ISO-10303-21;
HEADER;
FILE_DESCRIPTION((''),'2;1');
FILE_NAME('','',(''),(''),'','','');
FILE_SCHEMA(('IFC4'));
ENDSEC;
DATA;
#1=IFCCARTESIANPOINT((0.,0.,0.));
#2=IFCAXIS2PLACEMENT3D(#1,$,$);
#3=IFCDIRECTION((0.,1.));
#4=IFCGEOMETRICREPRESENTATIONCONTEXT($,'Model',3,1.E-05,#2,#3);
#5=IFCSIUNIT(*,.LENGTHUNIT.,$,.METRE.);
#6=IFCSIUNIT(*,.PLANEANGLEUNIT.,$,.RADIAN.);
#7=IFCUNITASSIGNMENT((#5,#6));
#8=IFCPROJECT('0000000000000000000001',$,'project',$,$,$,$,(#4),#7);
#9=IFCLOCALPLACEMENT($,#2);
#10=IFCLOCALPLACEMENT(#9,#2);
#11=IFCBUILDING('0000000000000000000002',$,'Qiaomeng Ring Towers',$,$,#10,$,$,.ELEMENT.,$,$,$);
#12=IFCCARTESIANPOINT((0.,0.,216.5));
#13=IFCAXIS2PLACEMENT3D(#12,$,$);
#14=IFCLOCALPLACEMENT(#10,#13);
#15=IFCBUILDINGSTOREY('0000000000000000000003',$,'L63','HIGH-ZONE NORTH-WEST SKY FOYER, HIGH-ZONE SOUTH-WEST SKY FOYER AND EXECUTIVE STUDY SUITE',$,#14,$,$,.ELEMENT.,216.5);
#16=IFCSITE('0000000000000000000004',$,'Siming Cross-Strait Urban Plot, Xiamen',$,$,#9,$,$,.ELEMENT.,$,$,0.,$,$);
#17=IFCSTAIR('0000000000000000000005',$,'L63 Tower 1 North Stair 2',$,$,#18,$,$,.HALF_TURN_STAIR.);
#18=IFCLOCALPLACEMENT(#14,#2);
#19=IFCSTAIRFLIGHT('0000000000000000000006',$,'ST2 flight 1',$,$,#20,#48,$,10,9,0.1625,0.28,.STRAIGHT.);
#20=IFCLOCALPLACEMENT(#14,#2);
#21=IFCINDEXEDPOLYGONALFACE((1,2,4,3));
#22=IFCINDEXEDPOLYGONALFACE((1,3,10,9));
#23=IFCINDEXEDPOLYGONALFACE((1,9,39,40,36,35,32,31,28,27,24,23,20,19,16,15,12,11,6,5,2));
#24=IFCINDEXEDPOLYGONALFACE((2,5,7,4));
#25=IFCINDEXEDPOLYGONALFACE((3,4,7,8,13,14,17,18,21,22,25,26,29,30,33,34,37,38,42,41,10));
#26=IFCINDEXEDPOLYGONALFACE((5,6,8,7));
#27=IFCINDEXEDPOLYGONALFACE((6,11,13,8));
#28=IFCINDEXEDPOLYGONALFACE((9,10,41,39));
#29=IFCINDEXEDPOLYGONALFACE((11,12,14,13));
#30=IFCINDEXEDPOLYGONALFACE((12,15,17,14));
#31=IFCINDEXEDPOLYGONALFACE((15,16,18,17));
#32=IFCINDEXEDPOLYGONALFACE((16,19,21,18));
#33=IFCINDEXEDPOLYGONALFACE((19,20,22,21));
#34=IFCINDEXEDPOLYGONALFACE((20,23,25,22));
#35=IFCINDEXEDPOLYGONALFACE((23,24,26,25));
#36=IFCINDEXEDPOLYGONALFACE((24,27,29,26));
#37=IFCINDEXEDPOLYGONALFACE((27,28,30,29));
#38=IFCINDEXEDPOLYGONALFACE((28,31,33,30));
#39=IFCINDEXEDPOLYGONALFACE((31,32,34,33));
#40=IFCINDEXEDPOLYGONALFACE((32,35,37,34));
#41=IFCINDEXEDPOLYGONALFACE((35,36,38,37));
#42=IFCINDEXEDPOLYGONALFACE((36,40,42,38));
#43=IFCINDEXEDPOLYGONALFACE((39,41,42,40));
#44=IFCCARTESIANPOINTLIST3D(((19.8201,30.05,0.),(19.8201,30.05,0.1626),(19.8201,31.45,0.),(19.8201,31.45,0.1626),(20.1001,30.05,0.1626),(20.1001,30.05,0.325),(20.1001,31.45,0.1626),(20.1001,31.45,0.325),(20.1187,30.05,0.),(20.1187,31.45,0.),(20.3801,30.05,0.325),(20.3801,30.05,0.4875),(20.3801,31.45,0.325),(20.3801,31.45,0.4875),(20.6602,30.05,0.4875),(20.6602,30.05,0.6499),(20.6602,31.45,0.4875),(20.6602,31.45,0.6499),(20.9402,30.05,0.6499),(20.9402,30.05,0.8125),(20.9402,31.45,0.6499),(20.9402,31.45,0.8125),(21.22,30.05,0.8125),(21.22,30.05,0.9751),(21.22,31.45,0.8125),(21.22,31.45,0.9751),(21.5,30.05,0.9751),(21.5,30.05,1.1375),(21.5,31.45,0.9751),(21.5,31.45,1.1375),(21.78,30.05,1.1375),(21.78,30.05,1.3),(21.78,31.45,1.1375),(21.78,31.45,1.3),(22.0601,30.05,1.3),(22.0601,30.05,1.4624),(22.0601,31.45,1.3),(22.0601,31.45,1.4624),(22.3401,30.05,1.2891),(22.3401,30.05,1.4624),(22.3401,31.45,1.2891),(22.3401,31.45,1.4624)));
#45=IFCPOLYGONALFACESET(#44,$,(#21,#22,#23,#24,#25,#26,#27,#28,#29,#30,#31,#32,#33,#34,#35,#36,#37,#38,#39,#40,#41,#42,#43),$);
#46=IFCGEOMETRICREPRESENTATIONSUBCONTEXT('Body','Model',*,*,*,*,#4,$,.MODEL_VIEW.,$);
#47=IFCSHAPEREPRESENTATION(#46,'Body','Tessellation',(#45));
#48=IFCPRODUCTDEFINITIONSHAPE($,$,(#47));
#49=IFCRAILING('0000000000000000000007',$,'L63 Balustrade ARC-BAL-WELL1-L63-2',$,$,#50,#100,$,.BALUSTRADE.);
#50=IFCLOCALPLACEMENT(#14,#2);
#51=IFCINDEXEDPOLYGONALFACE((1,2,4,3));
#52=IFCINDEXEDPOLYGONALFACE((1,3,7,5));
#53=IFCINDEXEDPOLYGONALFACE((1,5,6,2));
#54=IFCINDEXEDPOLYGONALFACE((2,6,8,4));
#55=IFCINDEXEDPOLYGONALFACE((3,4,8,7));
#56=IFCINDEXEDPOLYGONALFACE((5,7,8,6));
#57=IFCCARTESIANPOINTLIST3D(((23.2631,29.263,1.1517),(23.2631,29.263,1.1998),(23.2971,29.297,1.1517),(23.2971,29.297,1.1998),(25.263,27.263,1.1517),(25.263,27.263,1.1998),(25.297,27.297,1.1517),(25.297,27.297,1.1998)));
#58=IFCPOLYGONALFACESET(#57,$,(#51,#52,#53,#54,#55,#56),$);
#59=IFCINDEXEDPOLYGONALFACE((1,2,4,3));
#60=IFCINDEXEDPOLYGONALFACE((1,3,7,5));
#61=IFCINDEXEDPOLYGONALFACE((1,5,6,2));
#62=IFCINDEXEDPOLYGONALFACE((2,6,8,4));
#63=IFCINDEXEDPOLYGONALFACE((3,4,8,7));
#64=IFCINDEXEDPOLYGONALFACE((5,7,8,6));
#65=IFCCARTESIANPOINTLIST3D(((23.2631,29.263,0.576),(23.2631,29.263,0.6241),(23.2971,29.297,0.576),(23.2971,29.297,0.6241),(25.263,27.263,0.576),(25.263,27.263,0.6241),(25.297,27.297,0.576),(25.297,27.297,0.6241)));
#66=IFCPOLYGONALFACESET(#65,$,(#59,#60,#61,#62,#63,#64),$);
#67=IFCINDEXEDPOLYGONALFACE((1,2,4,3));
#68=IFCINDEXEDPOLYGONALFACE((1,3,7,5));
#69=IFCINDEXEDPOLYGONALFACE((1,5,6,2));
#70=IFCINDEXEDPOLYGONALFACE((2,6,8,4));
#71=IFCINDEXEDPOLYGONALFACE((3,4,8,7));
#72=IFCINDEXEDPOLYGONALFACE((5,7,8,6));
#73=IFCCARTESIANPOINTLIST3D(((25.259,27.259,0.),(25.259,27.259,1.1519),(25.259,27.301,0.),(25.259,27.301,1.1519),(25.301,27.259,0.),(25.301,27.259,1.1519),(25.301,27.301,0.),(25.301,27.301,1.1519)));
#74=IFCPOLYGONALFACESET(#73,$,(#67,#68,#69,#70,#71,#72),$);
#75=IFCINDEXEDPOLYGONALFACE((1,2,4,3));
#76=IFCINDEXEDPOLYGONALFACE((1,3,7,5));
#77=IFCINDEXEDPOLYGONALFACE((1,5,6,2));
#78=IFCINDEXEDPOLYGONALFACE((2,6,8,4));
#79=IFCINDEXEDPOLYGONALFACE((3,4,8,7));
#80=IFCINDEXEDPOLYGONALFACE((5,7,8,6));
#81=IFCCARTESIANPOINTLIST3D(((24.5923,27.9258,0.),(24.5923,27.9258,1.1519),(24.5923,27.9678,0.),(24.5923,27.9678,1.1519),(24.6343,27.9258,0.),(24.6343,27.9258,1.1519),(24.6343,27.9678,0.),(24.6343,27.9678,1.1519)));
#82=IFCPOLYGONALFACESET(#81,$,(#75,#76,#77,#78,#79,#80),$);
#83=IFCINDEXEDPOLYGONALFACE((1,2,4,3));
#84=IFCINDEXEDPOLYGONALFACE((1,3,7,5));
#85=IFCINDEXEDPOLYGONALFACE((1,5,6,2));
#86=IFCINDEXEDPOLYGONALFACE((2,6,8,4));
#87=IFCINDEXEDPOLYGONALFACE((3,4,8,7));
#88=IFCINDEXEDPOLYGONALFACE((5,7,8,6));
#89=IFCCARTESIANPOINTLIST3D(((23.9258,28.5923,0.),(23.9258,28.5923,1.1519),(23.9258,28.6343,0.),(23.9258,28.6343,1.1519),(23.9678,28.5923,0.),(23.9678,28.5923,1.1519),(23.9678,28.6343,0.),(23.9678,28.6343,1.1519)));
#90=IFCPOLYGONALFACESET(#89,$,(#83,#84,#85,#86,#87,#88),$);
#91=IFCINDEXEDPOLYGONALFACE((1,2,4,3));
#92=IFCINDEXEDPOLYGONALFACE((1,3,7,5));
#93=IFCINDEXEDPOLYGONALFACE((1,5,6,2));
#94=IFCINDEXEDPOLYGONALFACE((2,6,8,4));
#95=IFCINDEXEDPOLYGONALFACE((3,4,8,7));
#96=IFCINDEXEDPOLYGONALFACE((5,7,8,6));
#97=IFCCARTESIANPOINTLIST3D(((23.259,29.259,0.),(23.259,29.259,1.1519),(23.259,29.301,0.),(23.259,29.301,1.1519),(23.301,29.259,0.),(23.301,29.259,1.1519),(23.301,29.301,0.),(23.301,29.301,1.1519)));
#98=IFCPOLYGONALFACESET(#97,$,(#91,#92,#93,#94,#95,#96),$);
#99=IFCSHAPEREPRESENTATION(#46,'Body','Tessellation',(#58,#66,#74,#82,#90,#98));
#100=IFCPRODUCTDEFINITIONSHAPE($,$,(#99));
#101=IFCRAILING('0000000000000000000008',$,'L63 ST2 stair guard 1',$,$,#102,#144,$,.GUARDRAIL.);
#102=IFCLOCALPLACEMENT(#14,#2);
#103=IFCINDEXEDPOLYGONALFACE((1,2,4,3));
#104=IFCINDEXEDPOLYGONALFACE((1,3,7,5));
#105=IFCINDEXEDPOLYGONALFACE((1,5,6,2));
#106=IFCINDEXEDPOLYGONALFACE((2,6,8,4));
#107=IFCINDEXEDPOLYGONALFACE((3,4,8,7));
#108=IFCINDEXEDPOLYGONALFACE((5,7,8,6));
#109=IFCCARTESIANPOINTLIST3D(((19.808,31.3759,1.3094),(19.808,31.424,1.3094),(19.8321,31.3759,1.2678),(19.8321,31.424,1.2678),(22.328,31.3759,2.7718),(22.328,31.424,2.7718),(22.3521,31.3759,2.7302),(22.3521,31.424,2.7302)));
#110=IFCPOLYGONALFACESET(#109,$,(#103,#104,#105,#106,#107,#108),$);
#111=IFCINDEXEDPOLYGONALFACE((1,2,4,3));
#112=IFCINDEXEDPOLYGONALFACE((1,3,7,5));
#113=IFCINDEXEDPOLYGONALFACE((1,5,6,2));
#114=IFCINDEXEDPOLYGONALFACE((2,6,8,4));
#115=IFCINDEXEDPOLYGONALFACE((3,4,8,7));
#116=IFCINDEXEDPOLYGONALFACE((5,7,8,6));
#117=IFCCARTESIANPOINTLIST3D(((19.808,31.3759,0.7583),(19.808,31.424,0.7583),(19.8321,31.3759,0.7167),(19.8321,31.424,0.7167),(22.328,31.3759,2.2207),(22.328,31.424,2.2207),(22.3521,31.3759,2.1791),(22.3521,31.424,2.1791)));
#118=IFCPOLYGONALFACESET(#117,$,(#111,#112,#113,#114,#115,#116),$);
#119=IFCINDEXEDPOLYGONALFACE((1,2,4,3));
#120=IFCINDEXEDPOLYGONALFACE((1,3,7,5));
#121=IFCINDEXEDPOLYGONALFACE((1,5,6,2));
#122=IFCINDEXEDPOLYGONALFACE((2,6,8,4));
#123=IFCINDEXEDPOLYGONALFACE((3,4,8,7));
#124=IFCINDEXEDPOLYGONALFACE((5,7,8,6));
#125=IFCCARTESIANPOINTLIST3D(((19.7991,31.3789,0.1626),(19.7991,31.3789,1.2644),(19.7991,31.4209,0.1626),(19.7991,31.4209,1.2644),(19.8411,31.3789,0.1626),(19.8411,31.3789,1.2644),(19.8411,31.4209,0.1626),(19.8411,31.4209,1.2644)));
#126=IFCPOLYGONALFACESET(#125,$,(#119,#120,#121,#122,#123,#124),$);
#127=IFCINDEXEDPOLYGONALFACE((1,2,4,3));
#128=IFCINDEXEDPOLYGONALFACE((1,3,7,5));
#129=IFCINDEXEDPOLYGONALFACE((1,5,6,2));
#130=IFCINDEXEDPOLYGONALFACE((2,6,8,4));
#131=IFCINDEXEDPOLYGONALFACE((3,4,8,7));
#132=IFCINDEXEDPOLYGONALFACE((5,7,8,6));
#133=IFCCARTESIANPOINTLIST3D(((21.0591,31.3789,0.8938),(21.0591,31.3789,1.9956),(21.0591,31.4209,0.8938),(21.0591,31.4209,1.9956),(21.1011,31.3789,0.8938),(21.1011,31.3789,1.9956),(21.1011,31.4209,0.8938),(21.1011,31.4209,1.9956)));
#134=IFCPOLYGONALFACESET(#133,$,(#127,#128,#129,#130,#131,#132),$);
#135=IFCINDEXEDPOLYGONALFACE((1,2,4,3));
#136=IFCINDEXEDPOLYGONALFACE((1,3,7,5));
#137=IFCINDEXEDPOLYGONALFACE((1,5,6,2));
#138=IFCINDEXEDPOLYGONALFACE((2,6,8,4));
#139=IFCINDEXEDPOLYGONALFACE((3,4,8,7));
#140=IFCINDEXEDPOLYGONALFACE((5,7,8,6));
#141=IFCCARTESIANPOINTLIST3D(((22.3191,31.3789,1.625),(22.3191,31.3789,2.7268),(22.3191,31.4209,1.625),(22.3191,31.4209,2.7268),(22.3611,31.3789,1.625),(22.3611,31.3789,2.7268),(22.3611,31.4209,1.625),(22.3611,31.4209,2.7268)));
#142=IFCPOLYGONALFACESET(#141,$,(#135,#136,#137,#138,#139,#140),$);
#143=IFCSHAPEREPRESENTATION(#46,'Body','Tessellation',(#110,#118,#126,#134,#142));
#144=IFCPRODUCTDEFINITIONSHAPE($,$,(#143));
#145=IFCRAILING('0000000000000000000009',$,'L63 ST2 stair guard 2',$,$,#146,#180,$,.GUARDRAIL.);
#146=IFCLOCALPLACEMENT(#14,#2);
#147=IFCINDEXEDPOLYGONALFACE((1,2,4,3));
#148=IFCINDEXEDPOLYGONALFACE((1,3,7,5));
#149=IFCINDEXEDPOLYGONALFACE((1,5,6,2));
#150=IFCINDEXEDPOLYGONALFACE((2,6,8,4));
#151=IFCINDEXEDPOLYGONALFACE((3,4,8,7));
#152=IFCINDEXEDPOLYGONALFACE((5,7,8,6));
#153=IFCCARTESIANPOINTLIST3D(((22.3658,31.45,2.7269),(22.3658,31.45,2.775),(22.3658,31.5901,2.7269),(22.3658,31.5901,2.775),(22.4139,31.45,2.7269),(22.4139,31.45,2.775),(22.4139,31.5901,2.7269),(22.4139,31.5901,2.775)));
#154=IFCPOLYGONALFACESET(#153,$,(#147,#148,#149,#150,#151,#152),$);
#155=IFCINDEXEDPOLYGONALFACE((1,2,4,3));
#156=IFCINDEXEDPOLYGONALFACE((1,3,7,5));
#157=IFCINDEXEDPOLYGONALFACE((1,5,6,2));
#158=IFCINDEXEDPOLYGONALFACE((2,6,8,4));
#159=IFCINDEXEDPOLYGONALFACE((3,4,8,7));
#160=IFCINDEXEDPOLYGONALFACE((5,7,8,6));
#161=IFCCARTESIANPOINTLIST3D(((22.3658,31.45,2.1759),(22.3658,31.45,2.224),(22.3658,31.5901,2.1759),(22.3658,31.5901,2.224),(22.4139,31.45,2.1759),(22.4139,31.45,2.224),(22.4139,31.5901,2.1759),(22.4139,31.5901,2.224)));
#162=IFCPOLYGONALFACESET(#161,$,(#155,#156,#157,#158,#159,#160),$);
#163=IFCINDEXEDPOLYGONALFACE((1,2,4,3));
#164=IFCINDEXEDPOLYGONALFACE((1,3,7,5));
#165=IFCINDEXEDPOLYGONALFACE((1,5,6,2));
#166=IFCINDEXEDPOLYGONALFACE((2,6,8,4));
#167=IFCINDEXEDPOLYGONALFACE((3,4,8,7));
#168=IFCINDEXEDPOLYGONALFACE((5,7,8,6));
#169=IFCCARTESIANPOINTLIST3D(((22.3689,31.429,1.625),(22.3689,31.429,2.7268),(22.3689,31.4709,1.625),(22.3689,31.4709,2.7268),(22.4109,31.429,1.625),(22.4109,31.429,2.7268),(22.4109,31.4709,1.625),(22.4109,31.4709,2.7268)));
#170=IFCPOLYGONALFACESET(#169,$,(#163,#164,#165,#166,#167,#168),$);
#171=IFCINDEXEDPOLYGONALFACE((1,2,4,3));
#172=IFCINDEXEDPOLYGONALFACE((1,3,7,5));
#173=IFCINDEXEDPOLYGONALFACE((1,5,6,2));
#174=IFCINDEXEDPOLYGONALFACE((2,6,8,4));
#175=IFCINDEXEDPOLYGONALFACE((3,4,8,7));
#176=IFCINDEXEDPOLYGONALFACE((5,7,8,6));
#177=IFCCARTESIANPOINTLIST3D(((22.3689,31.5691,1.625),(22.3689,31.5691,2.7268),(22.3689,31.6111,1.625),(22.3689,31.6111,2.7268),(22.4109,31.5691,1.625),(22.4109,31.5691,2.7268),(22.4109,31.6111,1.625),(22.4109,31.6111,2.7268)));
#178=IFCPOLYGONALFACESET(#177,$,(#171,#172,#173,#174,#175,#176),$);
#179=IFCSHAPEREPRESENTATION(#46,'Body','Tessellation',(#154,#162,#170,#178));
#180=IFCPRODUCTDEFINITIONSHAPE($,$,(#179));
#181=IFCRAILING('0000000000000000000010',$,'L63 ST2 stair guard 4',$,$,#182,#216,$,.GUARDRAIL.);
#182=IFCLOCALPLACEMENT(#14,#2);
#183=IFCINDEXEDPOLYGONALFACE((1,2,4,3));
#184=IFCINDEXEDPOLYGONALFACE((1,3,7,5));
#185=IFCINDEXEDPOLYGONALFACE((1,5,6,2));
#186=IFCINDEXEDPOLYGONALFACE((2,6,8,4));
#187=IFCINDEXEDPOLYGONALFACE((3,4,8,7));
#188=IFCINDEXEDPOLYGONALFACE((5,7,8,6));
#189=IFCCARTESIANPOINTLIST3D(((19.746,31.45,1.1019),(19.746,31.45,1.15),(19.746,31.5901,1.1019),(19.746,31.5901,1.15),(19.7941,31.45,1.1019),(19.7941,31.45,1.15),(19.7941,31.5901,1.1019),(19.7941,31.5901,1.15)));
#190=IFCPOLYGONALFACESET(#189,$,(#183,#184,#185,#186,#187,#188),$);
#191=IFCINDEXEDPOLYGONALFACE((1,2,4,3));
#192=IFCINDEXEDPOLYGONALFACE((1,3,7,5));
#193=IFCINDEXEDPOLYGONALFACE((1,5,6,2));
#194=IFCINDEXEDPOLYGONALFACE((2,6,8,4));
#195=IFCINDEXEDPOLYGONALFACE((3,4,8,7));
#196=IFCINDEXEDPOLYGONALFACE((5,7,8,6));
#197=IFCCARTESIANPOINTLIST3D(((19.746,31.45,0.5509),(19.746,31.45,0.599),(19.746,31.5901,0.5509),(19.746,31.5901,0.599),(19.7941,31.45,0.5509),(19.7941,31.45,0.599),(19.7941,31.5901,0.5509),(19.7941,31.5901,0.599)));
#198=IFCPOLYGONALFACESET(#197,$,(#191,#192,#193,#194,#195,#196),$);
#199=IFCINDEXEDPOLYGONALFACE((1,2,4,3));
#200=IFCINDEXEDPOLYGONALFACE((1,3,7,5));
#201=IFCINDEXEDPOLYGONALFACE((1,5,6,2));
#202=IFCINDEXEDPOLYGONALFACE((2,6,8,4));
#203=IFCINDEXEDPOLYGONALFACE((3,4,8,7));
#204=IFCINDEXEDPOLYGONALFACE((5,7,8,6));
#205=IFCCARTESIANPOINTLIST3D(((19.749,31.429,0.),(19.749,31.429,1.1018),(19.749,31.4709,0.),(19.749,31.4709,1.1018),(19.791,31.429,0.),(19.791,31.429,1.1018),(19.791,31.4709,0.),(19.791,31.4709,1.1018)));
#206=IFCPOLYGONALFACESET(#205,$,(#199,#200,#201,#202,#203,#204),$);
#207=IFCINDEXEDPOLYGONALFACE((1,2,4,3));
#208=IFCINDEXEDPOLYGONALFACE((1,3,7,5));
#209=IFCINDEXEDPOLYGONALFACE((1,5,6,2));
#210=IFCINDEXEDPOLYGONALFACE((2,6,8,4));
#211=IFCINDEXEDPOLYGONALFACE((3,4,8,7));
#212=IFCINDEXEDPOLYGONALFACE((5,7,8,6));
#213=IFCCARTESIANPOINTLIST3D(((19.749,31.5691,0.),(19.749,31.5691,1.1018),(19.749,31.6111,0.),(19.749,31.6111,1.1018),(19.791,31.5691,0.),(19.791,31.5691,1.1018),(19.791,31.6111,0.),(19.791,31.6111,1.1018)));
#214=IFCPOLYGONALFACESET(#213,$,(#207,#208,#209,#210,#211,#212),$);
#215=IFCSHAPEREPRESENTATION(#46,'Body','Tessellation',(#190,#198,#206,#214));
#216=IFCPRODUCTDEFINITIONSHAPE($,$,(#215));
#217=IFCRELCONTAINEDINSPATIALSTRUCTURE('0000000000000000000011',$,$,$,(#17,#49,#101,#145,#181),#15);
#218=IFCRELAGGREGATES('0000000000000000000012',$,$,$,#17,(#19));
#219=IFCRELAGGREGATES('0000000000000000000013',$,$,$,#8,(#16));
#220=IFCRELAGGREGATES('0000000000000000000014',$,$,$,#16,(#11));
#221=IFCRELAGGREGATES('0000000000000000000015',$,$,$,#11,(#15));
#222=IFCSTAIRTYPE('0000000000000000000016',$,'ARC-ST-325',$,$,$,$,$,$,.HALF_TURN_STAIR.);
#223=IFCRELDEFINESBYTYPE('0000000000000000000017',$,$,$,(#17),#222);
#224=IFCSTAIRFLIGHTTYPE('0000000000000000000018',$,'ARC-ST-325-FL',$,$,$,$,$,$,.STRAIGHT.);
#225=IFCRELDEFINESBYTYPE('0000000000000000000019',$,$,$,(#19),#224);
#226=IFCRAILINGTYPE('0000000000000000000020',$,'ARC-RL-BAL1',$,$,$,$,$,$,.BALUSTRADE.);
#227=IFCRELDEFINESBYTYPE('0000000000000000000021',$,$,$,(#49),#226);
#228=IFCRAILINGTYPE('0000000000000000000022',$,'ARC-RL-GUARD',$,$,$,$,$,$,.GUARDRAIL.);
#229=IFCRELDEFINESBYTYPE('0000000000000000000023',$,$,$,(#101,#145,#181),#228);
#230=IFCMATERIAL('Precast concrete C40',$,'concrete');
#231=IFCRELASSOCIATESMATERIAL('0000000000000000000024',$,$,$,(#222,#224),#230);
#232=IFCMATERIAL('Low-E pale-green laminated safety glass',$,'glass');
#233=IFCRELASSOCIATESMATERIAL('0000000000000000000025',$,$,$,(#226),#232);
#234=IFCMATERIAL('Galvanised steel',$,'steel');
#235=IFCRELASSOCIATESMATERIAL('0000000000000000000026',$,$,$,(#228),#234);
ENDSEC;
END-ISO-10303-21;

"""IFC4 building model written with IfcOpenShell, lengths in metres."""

from ifc_helpers import new_model, si_unit, direction, frame, origin, origin_2d, place, context, subcontext, project, spatial, polyline, rectangle, outline, extrude, source, transform, mapped, material, type_object, element, aggregate, save


model = new_model("IFC4")

# Units and contexts
model_context = context("Model", 3, precision=1e-05, world=origin(), true_north=direction((0.0, 1.0)))
body_context = subcontext(model_context, "Body", "Model", "MODEL_VIEW")
ifc_project = project(units=[si_unit("LENGTHUNIT", "METRE"), si_unit("PLANEANGLEUNIT", "RADIAN")], contexts=[model_context])

# Site, building, storey
site_placement = place(None, origin())
site = spatial("IfcSite", under=ifc_project, at=site_placement, Name="Siming Cross-Strait Urban Plot, Xiamen", CompositionType="ELEMENT", RefElevation=0.0)
building_placement = place(site_placement, origin())
building = spatial("IfcBuilding", under=site, at=building_placement, Name="Qiaomeng Ring Towers", CompositionType="ELEMENT")
storey_placement = place(building_placement, frame((0.0, 0.0, 216.5)))
storey = spatial("IfcBuildingStorey", under=building, at=storey_placement, Name="L63", Description="HIGH-ZONE NORTH-WEST SKY FOYER, HIGH-ZONE SOUTH-WEST SKY FOYER AND EXECUTIVE STUDY SUITE", CompositionType="ELEMENT", Elevation=216.5)

# Shared definitions
ifc_material_1 = material(Name="Galvanised steel", Category="steel")

# Stair, stair flight
ifc_material_2 = material(Name="Precast concrete C40", Category="concrete")
stair_type = type_object("IfcStairType", Name="ARC-ST-325", PredefinedType="HALF_TURN_STAIR", material=ifc_material_2)
stair_placement = place(storey_placement, origin())
stair = element("IfcStair", 1, at=stair_placement, inside=storey, type_object=stair_type, Name="L63 Tower 1 North Stair 2", PredefinedType="HALF_TURN_STAIR")
stair_flight_type = type_object("IfcStairFlightType", Name="ARC-ST-325-FL", PredefinedType="STRAIGHT", material=ifc_material_2)
shared_shape_1 = source(origin(), body_context, "Body", "SweptSolid", [
    extrude(outline(polyline([(0.0, 0.0), (0.0, 0.1626), (0.28, 0.1626), (0.28, 0.325), (0.5601, 0.325), (0.5601, 0.4875), (0.8401, 0.4875), (0.8401, 0.6499), (1.1201, 0.6499), (1.1201, 0.8125), (1.3999, 0.8125), (1.3999, 0.9751), (1.6799, 0.9751), (1.6799, 1.1375), (1.96, 1.1375), (1.96, 1.3), (2.24, 1.3), (2.24, 1.4624), (2.52, 1.4624), (2.52, 1.625), (2.52, 1.2891), (0.2986, 0.0), (0.0, 0.0)])), frame((0.0, 0.7, 0.0), z_axis=(0.0, -1.0, 0.0), x_axis=(1.0, 0.0, 0.0)), (0.0, 0.0, 1.0), 1.3999),
])
stair_flight_placement = place(storey_placement, frame((19.8201, 30.75, 0.0), z_axis=(0.0, 0.0, 1.0), x_axis=(1.0, 0.0, 0.0)))
stair_flight = element("IfcStairFlight", 2, at=stair_flight_placement, type_object=stair_flight_type, Name="ST2 flight 1", NumberOfRisers=10, NumberOfTreads=9, PredefinedType="STRAIGHT", RiserHeight=0.1625, TreadLength=0.28, context=body_context, shape_type="MappedRepresentation", body=[
    mapped(shared_shape_1, transform((0.0, 0.0, 0.0), x_axis=(1.0, 0.0, 0.0), y_axis=(0.0, 1.0, 0.0), z_axis=(0.0, 0.0, 1.0), scale=1.0)),
])
aggregate(stair, [stair_flight])

# Railings
ifc_material_3 = material(Name="Low-E pale-green laminated safety glass", Category="glass")
railing_type_1 = type_object("IfcRailingType", Name="ARC-RL-BAL1", PredefinedType="BALUSTRADE", material=ifc_material_3)
railing_1_placement = place(storey_placement, frame((25.28, 27.28, 0.0)))
element("IfcRailing", 3, at=railing_1_placement, inside=storey, type_object=railing_type_1, Name="L63 Balustrade ARC-BAL-WELL1-L63-2", PredefinedType="BALUSTRADE", context=body_context, shape_type="SweptSolid", body=[
    extrude(rectangle(XDim=0.0481, YDim=0.0481, at=origin_2d()), frame((0.0, 0.0, 1.1758), z_axis=(-0.707107, 0.707107, 0.0), x_axis=(-0.707107, -0.707107, 0.0)), (0.0, 0.0, 1.0), 2.8284),
    extrude(rectangle(XDim=0.0481, YDim=0.0481, at=origin_2d()), frame((0.0, 0.0, 0.6001), z_axis=(-0.707107, 0.707107, 0.0), x_axis=(-0.707107, -0.707107, 0.0)), (0.0, 0.0, 1.0), 2.8284),
    extrude(rectangle(XDim=0.042, YDim=0.042, at=origin_2d()), origin(), (0.0, 0.0, 1.0), 1.1519),
    extrude(rectangle(XDim=0.042, YDim=0.042, at=origin_2d()), frame((-0.6667, 0.6667, 0.0)), (0.0, 0.0, 1.0), 1.1519),
    extrude(rectangle(XDim=0.042, YDim=0.042, at=origin_2d()), frame((-1.3333, 1.3333, 0.0)), (0.0, 0.0, 1.0), 1.1519),
    extrude(rectangle(XDim=0.042, YDim=0.042, at=origin_2d()), frame((-2.0, 2.0, 0.0)), (0.0, 0.0, 1.0), 1.1519),
])
railing_type_2 = type_object("IfcRailingType", Name="ARC-RL-GUARD", PredefinedType="GUARDRAIL", material=ifc_material_1)
railing_2_placement = place(storey_placement, frame((19.8201, 31.3999, 0.1626)))
element("IfcRailing", 4, at=railing_2_placement, inside=storey, type_object=railing_type_2, Name="L63 ST2 stair guard 1", PredefinedType="GUARDRAIL", context=body_context, shape_type="SweptSolid", body=[
    extrude(rectangle(XDim=0.0481, YDim=0.0481, at=origin_2d()), frame((0.0, 0.0, 1.126), z_axis=(0.864913, 0.0, 0.501921), x_axis=(0.0, 1.0, 0.0)), (0.0, 0.0, 1.0), 2.9136),
    extrude(rectangle(XDim=0.0481, YDim=0.0481, at=origin_2d()), frame((0.0, 0.0, 0.575), z_axis=(0.864913, 0.0, 0.501921), x_axis=(0.0, 1.0, 0.0)), (0.0, 0.0, 1.0), 2.9136),
    extrude(rectangle(XDim=0.042, YDim=0.042, at=origin_2d()), origin(), (0.0, 0.0, 1.0), 1.1018),
    extrude(rectangle(XDim=0.042, YDim=0.042, at=origin_2d()), frame((1.26, 0.0, 0.7312)), (0.0, 0.0, 1.0), 1.1018),
    extrude(rectangle(XDim=0.042, YDim=0.042, at=origin_2d()), frame((2.52, 0.0, 1.4624)), (0.0, 0.0, 1.0), 1.1018),
])
for number, where, name in (
    (5, (22.3899, 31.45, 1.625), "L63 ST2 stair guard 2"),
    (6, (19.77, 31.45, 0.0), "L63 ST2 stair guard 4"),
):
    element("IfcRailing", number, at=place(storey_placement, frame(where)), inside=storey, type_object=railing_type_2, Name=name, PredefinedType="GUARDRAIL", context=body_context, shape_type="SweptSolid", body=[
        extrude(rectangle(XDim=0.0481, YDim=0.0481, at=origin_2d()), frame((0.0, 0.0, 1.126), z_axis=(0.0, 1.0, 0.0), x_axis=(-1.0, 0.0, 0.0)), (0.0, 0.0, 1.0), 0.1401),
        extrude(rectangle(XDim=0.0481, YDim=0.0481, at=origin_2d()), frame((0.0, 0.0, 0.575), z_axis=(0.0, 1.0, 0.0), x_axis=(-1.0, 0.0, 0.0)), (0.0, 0.0, 1.0), 0.1401),
        extrude(rectangle(XDim=0.042, YDim=0.042, at=origin_2d()), origin(), (0.0, 0.0, 1.0), 1.1018),
        extrude(rectangle(XDim=0.042, YDim=0.042, at=origin_2d()), frame((0.0, 0.1401, 0.0)), (0.0, 0.0, 1.0), 1.1018),
    ])

save(model, "model.ifc")
